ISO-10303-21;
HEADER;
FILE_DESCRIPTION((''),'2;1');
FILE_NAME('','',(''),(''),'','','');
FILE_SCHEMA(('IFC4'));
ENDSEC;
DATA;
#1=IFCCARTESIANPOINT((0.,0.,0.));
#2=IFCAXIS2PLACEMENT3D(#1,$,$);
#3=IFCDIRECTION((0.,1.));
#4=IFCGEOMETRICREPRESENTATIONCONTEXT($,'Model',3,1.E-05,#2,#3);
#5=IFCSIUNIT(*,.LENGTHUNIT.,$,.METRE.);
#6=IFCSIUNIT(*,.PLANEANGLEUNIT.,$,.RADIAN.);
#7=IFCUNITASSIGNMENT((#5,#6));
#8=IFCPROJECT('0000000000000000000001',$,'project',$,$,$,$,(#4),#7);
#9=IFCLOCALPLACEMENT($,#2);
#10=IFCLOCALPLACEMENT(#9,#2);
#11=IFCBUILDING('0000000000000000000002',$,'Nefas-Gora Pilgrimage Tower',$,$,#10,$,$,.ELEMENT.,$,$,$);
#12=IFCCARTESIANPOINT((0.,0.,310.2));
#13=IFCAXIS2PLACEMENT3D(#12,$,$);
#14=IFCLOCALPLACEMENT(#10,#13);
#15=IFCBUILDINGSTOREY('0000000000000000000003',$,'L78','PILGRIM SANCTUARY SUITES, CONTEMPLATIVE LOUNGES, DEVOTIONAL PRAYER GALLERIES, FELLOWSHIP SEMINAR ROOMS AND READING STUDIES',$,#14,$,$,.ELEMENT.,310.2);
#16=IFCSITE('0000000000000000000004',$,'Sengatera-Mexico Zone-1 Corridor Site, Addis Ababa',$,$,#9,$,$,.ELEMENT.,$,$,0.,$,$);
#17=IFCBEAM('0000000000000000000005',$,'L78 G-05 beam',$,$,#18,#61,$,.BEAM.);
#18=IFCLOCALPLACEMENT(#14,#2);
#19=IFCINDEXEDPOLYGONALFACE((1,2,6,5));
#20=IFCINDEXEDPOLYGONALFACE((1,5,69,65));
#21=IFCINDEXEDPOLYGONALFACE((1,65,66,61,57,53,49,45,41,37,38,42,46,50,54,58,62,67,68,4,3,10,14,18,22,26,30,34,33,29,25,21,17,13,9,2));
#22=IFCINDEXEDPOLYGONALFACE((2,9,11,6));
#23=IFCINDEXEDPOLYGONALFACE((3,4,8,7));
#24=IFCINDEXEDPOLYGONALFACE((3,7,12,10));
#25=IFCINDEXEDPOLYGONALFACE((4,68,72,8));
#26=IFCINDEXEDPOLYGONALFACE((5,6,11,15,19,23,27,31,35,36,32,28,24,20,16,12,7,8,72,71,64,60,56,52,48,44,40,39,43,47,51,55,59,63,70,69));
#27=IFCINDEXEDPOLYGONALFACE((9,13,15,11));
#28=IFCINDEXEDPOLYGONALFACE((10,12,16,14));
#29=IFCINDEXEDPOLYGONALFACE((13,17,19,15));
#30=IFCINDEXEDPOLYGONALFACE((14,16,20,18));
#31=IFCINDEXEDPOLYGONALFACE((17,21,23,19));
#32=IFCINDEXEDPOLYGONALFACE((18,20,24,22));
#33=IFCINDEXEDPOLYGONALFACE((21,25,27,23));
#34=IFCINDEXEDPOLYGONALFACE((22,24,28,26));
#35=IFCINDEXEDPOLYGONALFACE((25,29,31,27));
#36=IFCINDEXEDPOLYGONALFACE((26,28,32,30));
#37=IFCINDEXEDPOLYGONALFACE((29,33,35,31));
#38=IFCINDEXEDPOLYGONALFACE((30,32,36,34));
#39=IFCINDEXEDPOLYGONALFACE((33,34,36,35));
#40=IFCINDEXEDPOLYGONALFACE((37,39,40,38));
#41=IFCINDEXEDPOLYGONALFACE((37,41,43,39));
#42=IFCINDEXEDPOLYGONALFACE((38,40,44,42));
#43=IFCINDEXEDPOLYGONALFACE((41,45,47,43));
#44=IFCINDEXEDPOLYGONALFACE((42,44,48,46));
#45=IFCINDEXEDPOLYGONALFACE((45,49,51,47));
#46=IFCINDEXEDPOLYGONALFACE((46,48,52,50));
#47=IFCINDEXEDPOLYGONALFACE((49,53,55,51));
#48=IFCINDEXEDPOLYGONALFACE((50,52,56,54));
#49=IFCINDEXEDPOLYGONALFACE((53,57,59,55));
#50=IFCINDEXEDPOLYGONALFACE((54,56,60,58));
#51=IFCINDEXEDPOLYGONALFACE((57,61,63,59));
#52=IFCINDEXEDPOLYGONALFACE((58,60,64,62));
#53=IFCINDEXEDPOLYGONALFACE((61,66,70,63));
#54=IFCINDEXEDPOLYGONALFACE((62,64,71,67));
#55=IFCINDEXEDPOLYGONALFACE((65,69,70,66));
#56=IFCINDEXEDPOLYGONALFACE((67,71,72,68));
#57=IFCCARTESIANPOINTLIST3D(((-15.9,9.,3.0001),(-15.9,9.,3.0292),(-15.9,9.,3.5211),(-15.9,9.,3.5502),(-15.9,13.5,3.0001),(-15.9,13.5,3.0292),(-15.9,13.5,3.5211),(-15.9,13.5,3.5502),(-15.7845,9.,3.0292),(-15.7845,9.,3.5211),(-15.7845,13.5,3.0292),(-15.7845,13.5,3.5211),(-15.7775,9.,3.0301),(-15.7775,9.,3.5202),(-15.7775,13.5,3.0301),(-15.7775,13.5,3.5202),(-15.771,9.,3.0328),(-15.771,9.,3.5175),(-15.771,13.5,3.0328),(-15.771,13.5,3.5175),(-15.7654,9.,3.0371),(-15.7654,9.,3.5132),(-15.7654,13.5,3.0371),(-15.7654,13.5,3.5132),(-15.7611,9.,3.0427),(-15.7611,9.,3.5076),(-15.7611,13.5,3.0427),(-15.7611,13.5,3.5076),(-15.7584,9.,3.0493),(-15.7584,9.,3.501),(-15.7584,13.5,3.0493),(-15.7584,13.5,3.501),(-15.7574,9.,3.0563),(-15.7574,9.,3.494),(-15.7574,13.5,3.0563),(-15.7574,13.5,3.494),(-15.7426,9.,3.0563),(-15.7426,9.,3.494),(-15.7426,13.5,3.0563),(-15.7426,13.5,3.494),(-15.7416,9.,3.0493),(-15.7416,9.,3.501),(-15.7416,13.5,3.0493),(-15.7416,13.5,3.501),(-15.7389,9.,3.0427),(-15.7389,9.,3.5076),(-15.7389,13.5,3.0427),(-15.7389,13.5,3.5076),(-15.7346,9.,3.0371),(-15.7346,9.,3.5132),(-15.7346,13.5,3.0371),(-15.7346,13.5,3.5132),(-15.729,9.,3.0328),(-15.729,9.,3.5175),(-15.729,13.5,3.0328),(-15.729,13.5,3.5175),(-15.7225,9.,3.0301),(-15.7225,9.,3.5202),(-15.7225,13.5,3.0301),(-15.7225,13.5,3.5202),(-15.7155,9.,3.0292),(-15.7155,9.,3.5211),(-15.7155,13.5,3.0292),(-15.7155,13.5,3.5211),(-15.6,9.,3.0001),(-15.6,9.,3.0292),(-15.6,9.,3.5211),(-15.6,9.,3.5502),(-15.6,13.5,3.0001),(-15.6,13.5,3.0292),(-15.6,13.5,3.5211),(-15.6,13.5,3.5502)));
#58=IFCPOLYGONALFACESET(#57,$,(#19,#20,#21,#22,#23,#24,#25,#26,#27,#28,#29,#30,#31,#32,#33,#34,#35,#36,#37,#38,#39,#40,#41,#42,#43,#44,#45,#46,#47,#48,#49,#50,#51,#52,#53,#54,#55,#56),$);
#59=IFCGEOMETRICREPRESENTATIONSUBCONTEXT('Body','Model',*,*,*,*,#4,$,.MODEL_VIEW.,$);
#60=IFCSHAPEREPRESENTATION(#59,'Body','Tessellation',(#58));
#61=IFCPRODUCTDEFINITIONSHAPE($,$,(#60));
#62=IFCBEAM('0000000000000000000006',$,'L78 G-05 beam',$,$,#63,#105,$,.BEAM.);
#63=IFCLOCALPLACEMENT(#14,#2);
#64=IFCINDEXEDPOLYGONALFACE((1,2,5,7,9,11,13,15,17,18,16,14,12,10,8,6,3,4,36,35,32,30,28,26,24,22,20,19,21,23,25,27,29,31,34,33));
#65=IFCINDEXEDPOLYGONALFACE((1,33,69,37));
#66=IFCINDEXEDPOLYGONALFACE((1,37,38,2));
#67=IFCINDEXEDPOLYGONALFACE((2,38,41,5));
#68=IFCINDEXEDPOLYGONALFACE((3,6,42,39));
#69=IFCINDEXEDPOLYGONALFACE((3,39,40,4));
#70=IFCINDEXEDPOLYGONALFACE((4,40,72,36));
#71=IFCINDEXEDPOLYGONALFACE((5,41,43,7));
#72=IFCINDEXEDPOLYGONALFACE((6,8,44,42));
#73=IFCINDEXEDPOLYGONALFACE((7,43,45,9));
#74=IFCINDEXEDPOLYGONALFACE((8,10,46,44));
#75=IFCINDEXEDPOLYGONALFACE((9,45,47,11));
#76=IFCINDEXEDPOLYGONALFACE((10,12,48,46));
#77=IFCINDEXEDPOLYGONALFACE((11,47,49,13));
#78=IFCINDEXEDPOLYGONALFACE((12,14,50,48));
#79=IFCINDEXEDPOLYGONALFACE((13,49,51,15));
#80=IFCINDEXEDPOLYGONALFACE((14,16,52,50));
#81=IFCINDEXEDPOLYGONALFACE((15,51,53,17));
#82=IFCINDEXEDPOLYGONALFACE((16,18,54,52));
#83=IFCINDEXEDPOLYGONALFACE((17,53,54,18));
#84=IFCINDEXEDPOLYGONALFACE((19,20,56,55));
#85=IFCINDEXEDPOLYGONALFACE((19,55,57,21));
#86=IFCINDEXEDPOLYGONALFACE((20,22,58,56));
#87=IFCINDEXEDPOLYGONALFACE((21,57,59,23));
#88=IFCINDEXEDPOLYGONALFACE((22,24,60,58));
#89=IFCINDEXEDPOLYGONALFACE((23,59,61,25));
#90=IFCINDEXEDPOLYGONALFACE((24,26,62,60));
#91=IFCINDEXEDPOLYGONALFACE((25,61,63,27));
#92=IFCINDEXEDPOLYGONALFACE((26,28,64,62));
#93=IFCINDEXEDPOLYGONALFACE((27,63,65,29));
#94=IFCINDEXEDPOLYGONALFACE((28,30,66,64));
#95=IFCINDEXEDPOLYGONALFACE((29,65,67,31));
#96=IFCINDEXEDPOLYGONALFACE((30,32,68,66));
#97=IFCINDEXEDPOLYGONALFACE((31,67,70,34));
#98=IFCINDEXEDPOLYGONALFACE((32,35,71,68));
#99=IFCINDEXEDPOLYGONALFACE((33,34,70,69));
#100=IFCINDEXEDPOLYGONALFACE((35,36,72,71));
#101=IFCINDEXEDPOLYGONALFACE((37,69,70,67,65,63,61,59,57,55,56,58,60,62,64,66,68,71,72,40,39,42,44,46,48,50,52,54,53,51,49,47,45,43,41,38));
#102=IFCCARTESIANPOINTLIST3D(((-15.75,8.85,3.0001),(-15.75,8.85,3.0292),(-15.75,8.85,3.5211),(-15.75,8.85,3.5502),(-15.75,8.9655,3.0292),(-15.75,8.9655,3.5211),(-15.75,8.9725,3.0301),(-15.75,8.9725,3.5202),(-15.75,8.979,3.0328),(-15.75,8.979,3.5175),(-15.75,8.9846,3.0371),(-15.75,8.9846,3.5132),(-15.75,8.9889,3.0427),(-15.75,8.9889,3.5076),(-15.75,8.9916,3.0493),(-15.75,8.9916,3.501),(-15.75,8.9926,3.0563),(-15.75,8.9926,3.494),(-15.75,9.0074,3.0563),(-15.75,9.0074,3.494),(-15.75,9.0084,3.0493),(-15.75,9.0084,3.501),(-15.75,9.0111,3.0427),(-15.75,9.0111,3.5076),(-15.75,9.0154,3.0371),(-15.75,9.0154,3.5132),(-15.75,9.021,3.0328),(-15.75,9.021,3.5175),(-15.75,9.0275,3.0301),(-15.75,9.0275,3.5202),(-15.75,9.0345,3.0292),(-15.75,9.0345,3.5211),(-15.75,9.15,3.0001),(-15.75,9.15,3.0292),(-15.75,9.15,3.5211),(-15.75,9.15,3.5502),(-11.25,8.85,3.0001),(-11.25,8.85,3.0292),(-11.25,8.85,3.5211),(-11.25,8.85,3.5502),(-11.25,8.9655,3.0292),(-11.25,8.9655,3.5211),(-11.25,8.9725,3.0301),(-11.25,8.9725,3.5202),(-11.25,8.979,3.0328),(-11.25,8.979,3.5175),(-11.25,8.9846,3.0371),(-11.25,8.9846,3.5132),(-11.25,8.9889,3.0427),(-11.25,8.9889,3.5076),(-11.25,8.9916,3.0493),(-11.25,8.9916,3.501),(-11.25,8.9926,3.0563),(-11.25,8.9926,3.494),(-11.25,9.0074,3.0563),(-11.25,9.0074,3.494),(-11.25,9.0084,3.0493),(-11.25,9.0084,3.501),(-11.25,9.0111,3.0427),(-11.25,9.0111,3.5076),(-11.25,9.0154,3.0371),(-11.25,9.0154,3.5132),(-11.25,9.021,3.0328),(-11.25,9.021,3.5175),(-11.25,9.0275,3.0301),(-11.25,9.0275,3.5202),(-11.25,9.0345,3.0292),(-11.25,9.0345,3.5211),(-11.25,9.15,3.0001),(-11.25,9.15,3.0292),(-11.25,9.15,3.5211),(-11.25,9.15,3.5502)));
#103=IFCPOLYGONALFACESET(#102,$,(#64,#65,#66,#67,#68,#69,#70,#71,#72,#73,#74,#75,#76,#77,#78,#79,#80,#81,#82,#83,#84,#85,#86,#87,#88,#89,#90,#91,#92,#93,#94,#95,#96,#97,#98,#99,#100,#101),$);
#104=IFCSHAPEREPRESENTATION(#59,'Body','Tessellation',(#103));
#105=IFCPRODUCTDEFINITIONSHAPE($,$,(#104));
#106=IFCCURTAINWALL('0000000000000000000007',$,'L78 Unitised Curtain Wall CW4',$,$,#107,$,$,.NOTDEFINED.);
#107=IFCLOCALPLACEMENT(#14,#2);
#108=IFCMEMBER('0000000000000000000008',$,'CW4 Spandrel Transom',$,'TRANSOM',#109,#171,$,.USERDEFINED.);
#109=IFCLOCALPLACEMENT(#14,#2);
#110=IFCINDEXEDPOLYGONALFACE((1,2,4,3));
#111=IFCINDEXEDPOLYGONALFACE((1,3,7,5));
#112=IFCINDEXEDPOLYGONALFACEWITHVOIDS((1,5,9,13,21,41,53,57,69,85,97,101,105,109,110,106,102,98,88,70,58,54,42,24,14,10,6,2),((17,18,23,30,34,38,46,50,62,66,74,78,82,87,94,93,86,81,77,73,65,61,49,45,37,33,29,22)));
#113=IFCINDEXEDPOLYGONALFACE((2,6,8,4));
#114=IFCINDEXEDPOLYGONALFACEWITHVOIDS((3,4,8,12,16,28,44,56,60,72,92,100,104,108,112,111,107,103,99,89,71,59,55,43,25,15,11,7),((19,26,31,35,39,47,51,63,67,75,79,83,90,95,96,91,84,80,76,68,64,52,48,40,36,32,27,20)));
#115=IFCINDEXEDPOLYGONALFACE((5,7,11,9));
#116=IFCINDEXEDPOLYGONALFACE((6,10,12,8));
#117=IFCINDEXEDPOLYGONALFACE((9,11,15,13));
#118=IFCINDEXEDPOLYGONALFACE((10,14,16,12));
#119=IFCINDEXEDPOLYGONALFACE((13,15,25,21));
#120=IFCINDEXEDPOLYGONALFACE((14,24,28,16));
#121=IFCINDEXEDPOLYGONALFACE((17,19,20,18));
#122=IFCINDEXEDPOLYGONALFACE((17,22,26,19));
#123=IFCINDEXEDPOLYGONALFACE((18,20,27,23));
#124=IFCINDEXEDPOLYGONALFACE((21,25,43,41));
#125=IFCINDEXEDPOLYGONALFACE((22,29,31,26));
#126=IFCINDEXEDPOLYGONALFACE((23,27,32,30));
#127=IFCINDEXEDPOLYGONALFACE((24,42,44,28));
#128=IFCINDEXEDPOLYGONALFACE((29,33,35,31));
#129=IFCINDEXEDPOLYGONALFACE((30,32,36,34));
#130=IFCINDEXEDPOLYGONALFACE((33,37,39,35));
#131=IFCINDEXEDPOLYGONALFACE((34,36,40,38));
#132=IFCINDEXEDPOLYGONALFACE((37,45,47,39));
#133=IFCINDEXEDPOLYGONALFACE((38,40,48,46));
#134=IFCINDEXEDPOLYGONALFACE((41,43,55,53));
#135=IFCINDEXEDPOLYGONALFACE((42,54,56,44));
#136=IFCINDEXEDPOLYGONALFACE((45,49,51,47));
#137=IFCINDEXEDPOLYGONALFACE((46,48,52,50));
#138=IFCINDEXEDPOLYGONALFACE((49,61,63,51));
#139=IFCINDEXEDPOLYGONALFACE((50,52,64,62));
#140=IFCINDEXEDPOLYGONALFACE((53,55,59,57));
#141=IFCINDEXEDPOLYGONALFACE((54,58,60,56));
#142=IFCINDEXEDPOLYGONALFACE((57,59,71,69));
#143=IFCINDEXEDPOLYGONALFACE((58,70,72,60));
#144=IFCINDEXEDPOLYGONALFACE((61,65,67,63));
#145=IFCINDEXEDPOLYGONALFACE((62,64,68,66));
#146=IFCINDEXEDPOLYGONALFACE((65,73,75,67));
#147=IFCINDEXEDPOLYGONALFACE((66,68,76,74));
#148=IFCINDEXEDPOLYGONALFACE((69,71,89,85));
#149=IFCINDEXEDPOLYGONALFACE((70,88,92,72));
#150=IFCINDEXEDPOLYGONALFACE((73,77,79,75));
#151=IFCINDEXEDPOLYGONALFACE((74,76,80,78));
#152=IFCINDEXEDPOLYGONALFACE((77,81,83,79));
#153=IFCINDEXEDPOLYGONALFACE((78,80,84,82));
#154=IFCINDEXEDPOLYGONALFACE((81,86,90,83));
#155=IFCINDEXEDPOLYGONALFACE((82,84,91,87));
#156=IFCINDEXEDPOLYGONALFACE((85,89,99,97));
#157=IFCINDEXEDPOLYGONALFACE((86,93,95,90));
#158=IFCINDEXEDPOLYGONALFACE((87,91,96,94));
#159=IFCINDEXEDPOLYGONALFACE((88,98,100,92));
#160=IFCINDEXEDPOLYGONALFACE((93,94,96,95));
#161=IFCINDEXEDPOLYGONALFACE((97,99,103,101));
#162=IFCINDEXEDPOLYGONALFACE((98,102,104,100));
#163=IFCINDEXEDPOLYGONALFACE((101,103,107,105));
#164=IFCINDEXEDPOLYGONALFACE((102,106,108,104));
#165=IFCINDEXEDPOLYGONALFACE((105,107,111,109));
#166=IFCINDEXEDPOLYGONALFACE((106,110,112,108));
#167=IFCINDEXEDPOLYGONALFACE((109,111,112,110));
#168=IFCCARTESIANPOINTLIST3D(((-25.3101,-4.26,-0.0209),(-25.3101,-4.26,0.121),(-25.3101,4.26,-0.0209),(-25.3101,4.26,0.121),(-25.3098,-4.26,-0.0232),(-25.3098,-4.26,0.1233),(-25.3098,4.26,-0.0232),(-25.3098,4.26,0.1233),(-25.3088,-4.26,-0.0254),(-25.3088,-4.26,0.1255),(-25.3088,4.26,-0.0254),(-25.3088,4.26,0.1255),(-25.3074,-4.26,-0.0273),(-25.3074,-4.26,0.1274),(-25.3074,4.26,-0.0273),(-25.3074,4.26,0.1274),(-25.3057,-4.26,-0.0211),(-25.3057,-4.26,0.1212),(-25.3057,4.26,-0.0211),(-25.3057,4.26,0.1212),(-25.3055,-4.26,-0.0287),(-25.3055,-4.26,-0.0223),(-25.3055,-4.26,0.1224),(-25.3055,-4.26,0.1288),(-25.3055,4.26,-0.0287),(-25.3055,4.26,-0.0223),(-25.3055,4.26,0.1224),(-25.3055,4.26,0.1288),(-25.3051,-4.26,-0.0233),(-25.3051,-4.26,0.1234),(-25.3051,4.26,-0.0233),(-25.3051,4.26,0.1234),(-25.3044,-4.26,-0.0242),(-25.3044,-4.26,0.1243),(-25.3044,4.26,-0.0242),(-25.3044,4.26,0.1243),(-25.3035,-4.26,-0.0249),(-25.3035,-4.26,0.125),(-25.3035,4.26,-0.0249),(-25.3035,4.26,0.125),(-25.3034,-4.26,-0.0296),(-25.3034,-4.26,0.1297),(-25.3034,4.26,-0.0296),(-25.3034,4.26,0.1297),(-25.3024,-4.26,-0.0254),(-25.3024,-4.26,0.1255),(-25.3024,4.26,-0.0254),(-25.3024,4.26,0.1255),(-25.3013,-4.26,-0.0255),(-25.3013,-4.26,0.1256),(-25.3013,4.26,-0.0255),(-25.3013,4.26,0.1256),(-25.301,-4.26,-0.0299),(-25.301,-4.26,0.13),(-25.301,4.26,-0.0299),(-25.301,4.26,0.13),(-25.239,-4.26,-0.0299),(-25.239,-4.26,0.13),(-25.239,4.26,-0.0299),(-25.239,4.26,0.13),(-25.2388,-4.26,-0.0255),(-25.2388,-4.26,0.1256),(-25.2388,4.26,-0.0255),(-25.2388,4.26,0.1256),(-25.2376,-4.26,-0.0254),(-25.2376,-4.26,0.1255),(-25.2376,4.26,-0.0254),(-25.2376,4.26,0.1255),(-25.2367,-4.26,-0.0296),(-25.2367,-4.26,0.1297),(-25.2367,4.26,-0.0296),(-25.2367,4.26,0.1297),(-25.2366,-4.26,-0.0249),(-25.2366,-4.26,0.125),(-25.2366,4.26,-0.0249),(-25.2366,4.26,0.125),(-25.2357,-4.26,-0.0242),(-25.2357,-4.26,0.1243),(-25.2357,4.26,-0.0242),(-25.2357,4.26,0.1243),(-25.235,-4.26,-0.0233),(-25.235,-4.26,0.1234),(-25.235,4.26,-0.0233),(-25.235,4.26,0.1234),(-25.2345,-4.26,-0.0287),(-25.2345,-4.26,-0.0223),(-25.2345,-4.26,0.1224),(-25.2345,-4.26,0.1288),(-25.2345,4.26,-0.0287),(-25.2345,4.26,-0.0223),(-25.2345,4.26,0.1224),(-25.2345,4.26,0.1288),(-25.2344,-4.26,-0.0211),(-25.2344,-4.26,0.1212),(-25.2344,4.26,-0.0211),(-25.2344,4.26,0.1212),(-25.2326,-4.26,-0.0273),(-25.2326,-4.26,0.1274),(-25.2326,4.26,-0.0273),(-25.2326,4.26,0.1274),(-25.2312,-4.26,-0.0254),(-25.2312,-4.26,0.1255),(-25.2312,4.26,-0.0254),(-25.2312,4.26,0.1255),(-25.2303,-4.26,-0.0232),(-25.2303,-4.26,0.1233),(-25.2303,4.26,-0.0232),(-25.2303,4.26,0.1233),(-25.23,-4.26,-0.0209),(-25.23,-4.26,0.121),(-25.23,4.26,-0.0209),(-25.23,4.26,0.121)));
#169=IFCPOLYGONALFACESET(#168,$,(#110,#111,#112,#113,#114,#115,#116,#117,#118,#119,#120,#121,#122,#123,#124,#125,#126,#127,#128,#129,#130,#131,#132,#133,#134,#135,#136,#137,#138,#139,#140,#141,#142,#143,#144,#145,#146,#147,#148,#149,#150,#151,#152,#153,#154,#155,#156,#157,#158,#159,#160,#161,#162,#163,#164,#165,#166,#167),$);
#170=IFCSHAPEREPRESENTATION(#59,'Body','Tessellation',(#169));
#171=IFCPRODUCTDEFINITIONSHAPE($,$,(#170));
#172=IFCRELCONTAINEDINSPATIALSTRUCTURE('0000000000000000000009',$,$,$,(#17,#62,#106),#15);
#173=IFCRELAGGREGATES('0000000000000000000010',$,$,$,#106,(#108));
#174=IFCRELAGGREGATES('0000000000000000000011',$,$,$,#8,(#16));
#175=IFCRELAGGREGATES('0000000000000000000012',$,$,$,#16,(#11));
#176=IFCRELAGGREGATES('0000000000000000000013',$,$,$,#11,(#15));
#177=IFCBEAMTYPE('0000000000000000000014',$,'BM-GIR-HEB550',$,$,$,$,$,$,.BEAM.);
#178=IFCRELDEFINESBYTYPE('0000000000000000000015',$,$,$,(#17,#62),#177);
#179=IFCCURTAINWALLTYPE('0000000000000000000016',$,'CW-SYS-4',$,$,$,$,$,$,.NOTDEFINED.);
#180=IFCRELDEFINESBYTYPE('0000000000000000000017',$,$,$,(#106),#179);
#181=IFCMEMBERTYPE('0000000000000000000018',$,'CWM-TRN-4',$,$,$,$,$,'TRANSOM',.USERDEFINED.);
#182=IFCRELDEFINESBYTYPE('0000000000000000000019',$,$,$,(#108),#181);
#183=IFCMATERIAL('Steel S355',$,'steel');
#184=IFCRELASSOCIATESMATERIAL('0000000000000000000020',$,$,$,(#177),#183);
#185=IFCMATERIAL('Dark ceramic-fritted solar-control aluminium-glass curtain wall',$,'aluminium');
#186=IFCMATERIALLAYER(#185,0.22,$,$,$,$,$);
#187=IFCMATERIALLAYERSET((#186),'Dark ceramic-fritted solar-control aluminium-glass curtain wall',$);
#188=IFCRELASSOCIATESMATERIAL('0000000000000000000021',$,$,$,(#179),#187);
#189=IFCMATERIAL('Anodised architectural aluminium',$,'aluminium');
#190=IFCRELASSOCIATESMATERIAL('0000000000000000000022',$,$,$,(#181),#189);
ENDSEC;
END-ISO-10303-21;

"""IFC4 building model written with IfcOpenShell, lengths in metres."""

from ifc_helpers import new_model, si_unit, direction, frame, origin, origin_2d, place, context, subcontext, project, spatial, hollow_rectangle, i_section, extrude, source, transform, mapped, material, layer, layer_set, material_profile, profile_set, type_object, element, aggregate, save


model = new_model("IFC4")

# Units and contexts
model_context = context("Model", 3, precision=1e-05, world=origin(), true_north=direction((0.0, 1.0)))
body_context = subcontext(model_context, "Body", "Model", "MODEL_VIEW")
ifc_project = project(units=[si_unit("LENGTHUNIT", "METRE"), si_unit("PLANEANGLEUNIT", "RADIAN")], contexts=[model_context])

# Site, building, storey
site_placement = place(None, origin())
site = spatial("IfcSite", under=ifc_project, at=site_placement, Name="Sengatera-Mexico Zone-1 Corridor Site, Addis Ababa", CompositionType="ELEMENT", RefElevation=0.0)
building_placement = place(site_placement, origin())
building = spatial("IfcBuilding", under=site, at=building_placement, Name="Nefas-Gora Pilgrimage Tower", CompositionType="ELEMENT")
storey_placement = place(building_placement, frame((0.0, 0.0, 310.2)))
storey = spatial("IfcBuildingStorey", under=building, at=storey_placement, Name="L78", Description="PILGRIM SANCTUARY SUITES, CONTEMPLATIVE LOUNGES, DEVOTIONAL PRAYER GALLERIES, FELLOWSHIP SEMINAR ROOMS AND READING STUDIES", CompositionType="ELEMENT", Elevation=310.2)

# Shared definitions
ifc_material_1 = material(Name="Steel S355", Category="steel")

# Beams
ifc_material_profile_1 = material_profile(ifc_material_1, i_section(OverallWidth=0.3, OverallDepth=0.55, WebThickness=0.0149, FlangeThickness=0.0291, FilletRadius=0.0271, at=origin_2d()), Name="HEB 550")
ifc_profile_set_1 = profile_set([ifc_material_profile_1], Name="Steel S355")
beam_type_1 = type_object("IfcBeamType", Name="BM-GIR-HEB550", PredefinedType="BEAM", material=ifc_profile_set_1)
shared_shape_1 = source(origin(), body_context, "Body", "SweptSolid", [
    extrude(i_section(OverallWidth=0.3, OverallDepth=0.55, WebThickness=0.0149, FlangeThickness=0.0291, FilletRadius=0.0271, at=origin_2d()), origin(), (0.0, 0.0, 1.0), 4.5),
])
for number, where, z_axis, x_axis, name in (
    (1, (-15.75, 9.0, 3.2751), (0.0, 1.0, 0.0), (-1.0, 0.0, 0.0), "L78 G-05 beam"),
    (2, (-15.75, 9.0, 3.2751), (1.0, 0.0, 0.0), (0.0, 1.0, 0.0), "L78 G-05 beam"),
):
    element("IfcBeam", number, at=place(storey_placement, frame(where, z_axis=z_axis, x_axis=x_axis)), inside=storey, type_object=beam_type_1, Name=name, PredefinedType="BEAM", context=body_context, shape_type="MappedRepresentation", body=[
        mapped(shared_shape_1, transform((0.0, 0.0, 0.0), x_axis=(1.0, 0.0, 0.0), y_axis=(0.0, 1.0, 0.0), z_axis=(0.0, 0.0, 1.0), scale=1.0)),
    ])

# Curtain wall, member
ifc_material_2 = material(Name="Dark ceramic-fritted solar-control aluminium-glass curtain wall", Category="aluminium")
ifc_layer_1 = layer(ifc_material_2, 0.22)
ifc_layer_set_1 = layer_set([ifc_layer_1], Name="Dark ceramic-fritted solar-control aluminium-glass curtain wall")
curtain_wall_type = type_object("IfcCurtainWallType", Name="CW-SYS-4", PredefinedType="NOTDEFINED", material=ifc_layer_set_1)
curtain_wall_placement = place(storey_placement, origin())
curtain_wall = element("IfcCurtainWall", 3, at=curtain_wall_placement, inside=storey, type_object=curtain_wall_type, Name="L78 Unitised Curtain Wall CW4", PredefinedType="NOTDEFINED")
ifc_material_3 = material(Name="Anodised architectural aluminium", Category="aluminium")
ifc_material_profile_2 = material_profile(ifc_material_3, hollow_rectangle(XDim=0.0801, YDim=0.1599, WallThickness=0.0044, InnerFilletRadius=0.0044, OuterFilletRadius=0.009, at=origin_2d()), Name="ALU TRANSOM 80x160")
ifc_profile_set_2 = profile_set([ifc_material_profile_2], Name="Anodised architectural aluminium")
member_type_1 = type_object("IfcMemberType", Name="CWM-TRN-4", ElementType="TRANSOM", PredefinedType="USERDEFINED", material=ifc_profile_set_2)
shared_shape_2 = source(origin(), body_context, "Body", "SweptSolid", [
    extrude(hollow_rectangle(XDim=0.0801, YDim=0.1599, WallThickness=0.0044, InnerFilletRadius=0.0044, OuterFilletRadius=0.009, at=origin_2d()), origin(), (0.0, 0.0, 1.0), 8.52),
])
member_1_placement = place(storey_placement, frame((-25.27, 4.26, 0.05), z_axis=(0.0, -1.0, 0.0), x_axis=(1.0, 0.0, 0.0)))
member_1 = element("IfcMember", 4, at=member_1_placement, type_object=member_type_1, Name="CW4 Spandrel Transom", ObjectType="TRANSOM", PredefinedType="USERDEFINED", context=body_context, shape_type="MappedRepresentation", body=[
    mapped(shared_shape_2, transform((0.0, 0.0, 0.0), x_axis=(1.0, 0.0, 0.0), y_axis=(0.0, 1.0, 0.0), z_axis=(0.0, 0.0, 1.0), scale=1.0)),
])

aggregate(curtain_wall, [member_1])

save(model, "model.ifc")
